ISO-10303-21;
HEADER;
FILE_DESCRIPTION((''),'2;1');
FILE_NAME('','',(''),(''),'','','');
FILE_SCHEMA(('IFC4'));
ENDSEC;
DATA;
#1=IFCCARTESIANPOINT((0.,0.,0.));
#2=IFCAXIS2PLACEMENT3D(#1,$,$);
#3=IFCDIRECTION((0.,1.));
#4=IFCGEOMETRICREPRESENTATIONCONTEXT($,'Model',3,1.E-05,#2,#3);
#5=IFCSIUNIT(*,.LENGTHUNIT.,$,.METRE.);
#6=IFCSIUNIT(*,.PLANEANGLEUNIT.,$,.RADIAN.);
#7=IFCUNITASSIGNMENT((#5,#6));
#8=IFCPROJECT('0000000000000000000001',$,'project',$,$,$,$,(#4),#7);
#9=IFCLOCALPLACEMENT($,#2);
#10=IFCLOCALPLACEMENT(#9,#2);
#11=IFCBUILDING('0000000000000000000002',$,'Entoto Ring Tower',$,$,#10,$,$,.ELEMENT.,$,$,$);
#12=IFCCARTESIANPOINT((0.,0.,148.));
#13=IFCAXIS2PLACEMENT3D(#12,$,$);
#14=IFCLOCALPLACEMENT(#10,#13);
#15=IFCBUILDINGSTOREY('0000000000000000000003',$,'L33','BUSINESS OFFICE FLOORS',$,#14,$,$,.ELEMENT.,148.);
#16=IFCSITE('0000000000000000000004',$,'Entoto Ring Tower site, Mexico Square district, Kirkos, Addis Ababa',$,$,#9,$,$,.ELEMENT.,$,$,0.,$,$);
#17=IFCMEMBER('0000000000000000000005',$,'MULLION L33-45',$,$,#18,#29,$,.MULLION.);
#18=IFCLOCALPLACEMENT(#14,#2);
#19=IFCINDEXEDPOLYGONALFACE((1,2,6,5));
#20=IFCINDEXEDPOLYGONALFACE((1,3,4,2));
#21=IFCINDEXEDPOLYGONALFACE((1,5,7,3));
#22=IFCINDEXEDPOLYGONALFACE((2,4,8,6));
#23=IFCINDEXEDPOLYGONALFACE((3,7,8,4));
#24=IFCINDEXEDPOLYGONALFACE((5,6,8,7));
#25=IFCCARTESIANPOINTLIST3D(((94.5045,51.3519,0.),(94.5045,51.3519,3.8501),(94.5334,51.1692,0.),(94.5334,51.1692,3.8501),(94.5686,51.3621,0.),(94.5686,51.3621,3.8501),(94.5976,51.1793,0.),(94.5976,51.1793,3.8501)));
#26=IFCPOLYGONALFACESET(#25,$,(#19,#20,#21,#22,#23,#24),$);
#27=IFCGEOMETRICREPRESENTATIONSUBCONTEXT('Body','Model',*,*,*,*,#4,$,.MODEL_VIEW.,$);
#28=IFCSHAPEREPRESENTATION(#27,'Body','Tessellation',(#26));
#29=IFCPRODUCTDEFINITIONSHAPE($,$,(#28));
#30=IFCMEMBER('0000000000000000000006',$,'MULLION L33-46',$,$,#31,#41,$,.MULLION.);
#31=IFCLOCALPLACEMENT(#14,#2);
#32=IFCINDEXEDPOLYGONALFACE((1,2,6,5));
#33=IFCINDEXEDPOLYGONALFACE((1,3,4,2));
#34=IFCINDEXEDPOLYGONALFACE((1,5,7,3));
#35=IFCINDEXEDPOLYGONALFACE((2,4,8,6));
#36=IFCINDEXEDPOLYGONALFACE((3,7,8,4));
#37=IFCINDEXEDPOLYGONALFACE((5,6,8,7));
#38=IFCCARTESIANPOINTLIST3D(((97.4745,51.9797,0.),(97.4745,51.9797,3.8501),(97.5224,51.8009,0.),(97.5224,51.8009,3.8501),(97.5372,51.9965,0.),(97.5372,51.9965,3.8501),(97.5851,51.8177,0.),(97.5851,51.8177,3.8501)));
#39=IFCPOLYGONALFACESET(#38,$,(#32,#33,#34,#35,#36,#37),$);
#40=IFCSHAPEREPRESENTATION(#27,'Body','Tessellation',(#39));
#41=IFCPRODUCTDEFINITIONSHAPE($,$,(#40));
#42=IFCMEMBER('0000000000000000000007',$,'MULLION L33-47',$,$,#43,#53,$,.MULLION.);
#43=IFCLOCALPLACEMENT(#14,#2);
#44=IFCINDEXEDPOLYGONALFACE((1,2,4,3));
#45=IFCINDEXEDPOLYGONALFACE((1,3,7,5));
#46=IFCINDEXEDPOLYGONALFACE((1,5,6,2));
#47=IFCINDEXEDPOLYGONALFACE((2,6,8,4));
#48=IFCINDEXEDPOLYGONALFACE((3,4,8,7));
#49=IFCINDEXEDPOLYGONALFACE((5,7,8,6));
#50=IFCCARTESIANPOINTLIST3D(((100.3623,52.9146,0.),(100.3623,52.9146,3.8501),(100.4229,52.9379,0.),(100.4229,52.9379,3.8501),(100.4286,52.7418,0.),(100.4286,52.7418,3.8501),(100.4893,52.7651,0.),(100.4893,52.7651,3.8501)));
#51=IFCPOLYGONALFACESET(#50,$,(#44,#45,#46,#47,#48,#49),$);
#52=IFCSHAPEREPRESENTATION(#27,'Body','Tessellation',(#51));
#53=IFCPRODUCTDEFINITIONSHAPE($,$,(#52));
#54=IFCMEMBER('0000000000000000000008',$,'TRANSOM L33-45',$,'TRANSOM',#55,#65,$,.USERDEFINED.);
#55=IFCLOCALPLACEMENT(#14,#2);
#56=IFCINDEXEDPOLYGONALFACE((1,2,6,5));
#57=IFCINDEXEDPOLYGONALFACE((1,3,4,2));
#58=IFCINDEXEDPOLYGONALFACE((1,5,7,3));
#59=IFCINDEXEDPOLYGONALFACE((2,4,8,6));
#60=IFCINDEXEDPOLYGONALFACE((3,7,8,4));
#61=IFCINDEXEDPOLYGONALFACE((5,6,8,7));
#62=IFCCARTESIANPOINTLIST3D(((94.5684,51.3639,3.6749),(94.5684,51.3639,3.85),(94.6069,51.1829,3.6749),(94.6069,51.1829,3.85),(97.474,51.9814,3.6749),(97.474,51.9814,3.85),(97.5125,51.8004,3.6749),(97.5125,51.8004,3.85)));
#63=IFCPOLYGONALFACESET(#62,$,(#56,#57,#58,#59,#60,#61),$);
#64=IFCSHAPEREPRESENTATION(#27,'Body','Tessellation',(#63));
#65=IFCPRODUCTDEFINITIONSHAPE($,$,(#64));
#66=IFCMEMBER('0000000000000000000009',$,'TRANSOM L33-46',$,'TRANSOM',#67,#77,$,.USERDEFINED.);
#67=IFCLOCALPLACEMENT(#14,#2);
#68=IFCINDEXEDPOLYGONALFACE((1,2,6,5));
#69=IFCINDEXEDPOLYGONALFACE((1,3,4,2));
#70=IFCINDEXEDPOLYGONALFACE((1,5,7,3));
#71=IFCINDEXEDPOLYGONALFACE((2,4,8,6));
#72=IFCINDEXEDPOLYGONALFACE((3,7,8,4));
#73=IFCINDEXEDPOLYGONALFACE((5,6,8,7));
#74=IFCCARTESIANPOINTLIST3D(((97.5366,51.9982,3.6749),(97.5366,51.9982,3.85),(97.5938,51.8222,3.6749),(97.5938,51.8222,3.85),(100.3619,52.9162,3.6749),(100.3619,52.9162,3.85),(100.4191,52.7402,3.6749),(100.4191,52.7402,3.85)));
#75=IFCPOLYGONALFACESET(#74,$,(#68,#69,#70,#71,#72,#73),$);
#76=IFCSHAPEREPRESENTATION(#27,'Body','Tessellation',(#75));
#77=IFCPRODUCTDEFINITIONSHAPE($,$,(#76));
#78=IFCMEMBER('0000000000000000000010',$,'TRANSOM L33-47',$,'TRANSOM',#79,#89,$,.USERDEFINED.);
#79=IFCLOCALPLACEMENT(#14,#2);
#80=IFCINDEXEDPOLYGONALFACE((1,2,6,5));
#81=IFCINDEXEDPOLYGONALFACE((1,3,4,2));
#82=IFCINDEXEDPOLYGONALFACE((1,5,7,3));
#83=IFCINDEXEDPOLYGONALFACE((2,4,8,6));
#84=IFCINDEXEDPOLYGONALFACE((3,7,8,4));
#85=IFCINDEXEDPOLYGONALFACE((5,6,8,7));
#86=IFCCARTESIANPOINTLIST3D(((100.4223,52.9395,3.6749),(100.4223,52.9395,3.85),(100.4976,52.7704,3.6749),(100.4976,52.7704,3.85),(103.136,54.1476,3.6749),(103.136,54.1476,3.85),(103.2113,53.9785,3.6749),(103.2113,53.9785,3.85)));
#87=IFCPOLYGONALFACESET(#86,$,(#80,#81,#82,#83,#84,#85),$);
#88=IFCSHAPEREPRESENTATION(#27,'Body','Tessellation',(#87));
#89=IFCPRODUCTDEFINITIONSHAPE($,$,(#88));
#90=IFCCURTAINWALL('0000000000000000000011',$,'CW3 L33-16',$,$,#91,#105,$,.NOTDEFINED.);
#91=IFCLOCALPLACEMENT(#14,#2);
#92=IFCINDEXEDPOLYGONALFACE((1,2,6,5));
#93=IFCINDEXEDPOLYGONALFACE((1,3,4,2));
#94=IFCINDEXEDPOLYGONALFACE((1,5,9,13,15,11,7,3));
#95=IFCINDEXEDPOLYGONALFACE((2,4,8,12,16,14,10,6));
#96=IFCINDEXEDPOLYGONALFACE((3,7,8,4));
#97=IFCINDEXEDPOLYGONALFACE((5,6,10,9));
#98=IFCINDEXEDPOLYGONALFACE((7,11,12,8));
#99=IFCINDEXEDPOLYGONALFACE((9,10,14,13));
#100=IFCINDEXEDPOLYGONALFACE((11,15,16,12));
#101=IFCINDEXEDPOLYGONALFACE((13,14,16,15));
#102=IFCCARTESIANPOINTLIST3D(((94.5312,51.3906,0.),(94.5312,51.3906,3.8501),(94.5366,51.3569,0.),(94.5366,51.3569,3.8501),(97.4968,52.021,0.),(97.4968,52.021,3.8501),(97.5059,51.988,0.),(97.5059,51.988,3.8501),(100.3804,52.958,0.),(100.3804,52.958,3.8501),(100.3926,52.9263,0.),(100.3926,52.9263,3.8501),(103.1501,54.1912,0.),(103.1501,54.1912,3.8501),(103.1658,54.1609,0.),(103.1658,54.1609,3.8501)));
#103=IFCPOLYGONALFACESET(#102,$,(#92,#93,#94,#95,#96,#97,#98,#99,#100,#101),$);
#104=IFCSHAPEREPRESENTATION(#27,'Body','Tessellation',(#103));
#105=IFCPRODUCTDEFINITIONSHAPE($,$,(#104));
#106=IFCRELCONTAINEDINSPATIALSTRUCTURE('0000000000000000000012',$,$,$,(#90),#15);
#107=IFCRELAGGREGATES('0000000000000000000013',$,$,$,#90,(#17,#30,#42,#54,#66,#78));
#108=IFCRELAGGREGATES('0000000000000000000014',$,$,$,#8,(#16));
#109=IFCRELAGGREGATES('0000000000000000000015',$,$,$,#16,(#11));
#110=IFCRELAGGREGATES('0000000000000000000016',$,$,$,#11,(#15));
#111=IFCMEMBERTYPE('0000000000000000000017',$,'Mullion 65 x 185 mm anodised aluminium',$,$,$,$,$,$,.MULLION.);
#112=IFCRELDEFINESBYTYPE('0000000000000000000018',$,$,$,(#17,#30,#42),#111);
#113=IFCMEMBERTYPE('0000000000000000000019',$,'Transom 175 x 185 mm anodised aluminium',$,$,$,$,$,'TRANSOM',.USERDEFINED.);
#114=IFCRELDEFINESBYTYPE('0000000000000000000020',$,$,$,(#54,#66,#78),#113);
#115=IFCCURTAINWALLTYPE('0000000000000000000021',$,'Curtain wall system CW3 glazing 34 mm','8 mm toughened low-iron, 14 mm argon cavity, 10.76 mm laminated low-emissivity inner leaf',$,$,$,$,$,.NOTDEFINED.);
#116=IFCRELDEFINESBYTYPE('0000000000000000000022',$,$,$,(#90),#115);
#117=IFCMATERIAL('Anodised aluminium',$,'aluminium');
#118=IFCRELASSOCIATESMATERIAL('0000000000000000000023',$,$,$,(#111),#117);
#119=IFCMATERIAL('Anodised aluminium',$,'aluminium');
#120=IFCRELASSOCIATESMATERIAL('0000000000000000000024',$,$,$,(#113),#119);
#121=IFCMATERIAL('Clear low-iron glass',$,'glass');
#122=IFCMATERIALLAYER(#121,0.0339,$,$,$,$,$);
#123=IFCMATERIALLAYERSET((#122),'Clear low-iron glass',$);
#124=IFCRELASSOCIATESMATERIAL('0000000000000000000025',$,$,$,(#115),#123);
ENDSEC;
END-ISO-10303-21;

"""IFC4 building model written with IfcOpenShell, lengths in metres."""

from ifc_helpers import new_model, si_unit, direction, frame, origin, origin_2d, place, context, subcontext, project, spatial, polyline, rectangle, outline, extrude, material, layer, layer_set, material_profile, profile_set, type_object, element, aggregate, save


model = new_model("IFC4")

# Units and contexts
model_context = context("Model", 3, precision=1e-05, world=origin(), true_north=direction((0.0, 1.0)))
body_context = subcontext(model_context, "Body", "Model", "MODEL_VIEW")
ifc_project = project(units=[si_unit("LENGTHUNIT", "METRE"), si_unit("PLANEANGLEUNIT", "RADIAN")], contexts=[model_context])

# Members
ifc_material_1 = material(Name="Anodised aluminium", Category="aluminium")
ifc_material_profile_1 = material_profile(ifc_material_1, rectangle(XDim=0.0649, YDim=0.1851, at=origin_2d()), Name="Mullion 65 x 185 mm anodised aluminium")
ifc_profile_set_1 = profile_set([ifc_material_profile_1], Name="Anodised aluminium")
member_type_1 = type_object("IfcMemberType", Name="Mullion 65 x 185 mm anodised aluminium", PredefinedType="MULLION", material=ifc_profile_set_1)
site_placement = place(None, origin())
building_placement = place(site_placement, origin())
storey_placement = place(building_placement, frame((0.0, 0.0, 148.0)))
member_1_placement = place(storey_placement, frame((94.551, 51.2656, 0.0), z_axis=(0.0, 0.0, 1.0), x_axis=(0.987688, 0.156434, 0.0)))
member_1 = element("IfcMember", 1, at=member_1_placement, type_object=member_type_1, Name="MULLION L33-45", PredefinedType="MULLION", context=body_context, shape_type="SweptSolid", body=[
    extrude(rectangle(XDim=0.0649, YDim=0.1851, at=origin_2d()), origin(), (0.0, 0.0, 1.0), 3.8501),
])
member_2_placement = place(storey_placement, frame((97.5298, 51.8987, 0.0), z_axis=(0.0, 0.0, 1.0), x_axis=(0.965926, 0.258819, 0.0)))
member_2 = element("IfcMember", 2, at=member_2_placement, type_object=member_type_1, Name="MULLION L33-46", PredefinedType="MULLION", context=body_context, shape_type="SweptSolid", body=[
    extrude(rectangle(XDim=0.0649, YDim=0.1851, at=origin_2d()), origin(), (0.0, 0.0, 1.0), 3.8501),
])
member_3_placement = place(storey_placement, frame((100.4258, 52.8398, 0.0), z_axis=(0.0, 0.0, 1.0), x_axis=(0.93358, 0.358368, 0.0)))
member_3 = element("IfcMember", 3, at=member_3_placement, type_object=member_type_1, Name="MULLION L33-47", PredefinedType="MULLION", context=body_context, shape_type="SweptSolid", body=[
    extrude(rectangle(XDim=0.0649, YDim=0.1851, at=origin_2d()), origin(), (0.0, 0.0, 1.0), 3.8501),
])
ifc_material_2 = material(Name="Anodised aluminium", Category="aluminium")
ifc_material_profile_2 = material_profile(ifc_material_2, rectangle(XDim=0.1851, YDim=0.175, at=origin_2d()), Name="Transom 175 x 185 mm anodised aluminium")
ifc_profile_set_2 = profile_set([ifc_material_profile_2], Name="Anodised aluminium")
member_type_2 = type_object("IfcMemberType", Name="Transom 175 x 185 mm anodised aluminium", ElementType="TRANSOM", PredefinedType="USERDEFINED", material=ifc_profile_set_2)
member_4_placement = place(storey_placement, frame((94.5876, 51.2734, 3.7625), z_axis=(0.978158, 0.207862, 0.0), x_axis=(-0.207862, 0.978158, 0.0)))
member_4 = element("IfcMember", 4, at=member_4_placement, type_object=member_type_2, Name="TRANSOM L33-45", ObjectType="TRANSOM", PredefinedType="USERDEFINED", context=body_context, shape_type="SweptSolid", body=[
    extrude(rectangle(XDim=0.1851, YDim=0.175, at=origin_2d()), origin(), (0.0, 0.0, 1.0), 2.9705),
])
member_5_placement = place(storey_placement, frame((97.5652, 51.9102, 3.7625), z_axis=(0.951056, 0.309019, 0.0), x_axis=(-0.309019, 0.951056, 0.0)))
member_5 = element("IfcMember", 5, at=member_5_placement, type_object=member_type_2, Name="TRANSOM L33-46", ObjectType="TRANSOM", PredefinedType="USERDEFINED", context=body_context, shape_type="SweptSolid", body=[
    extrude(rectangle(XDim=0.1851, YDim=0.175, at=origin_2d()), origin(), (0.0, 0.0, 1.0), 2.9707),
])
member_6_placement = place(storey_placement, frame((100.46, 52.855, 3.7625), z_axis=(0.913567, 0.406687, 0.0), x_axis=(-0.406687, 0.913567, 0.0)))
member_6 = element("IfcMember", 6, at=member_6_placement, type_object=member_type_2, Name="TRANSOM L33-47", ObjectType="TRANSOM", PredefinedType="USERDEFINED", context=body_context, shape_type="SweptSolid", body=[
    extrude(rectangle(XDim=0.1851, YDim=0.175, at=origin_2d()), origin(), (0.0, 0.0, 1.0), 2.9705),
])

# Site, building, storey
site = spatial("IfcSite", under=ifc_project, at=site_placement, Name="Entoto Ring Tower site, Mexico Square district, Kirkos, Addis Ababa", CompositionType="ELEMENT", RefElevation=0.0)
building = spatial("IfcBuilding", under=site, at=building_placement, Name="Entoto Ring Tower", CompositionType="ELEMENT")
storey = spatial("IfcBuildingStorey", under=building, at=storey_placement, Name="L33", Description="BUSINESS OFFICE FLOORS", CompositionType="ELEMENT", Elevation=148.0)

# Curtain wall
ifc_material_3 = material(Name="Clear low-iron glass", Category="glass")
ifc_layer_1 = layer(ifc_material_3, 0.0339)
ifc_layer_set_1 = layer_set([ifc_layer_1], Name="Clear low-iron glass")
curtain_wall_type = type_object("IfcCurtainWallType", Name="Curtain wall system CW3 glazing 34 mm", Description="8 mm toughened low-iron, 14 mm argon cavity, 10.76 mm laminated low-emissivity inner leaf", PredefinedType="NOTDEFINED", material=ifc_layer_set_1)
curtain_wall_1_placement = place(storey_placement, origin())
curtain_wall_1 = element("IfcCurtainWall", 7, at=curtain_wall_1_placement, inside=storey, type_object=curtain_wall_type, Name="CW3 L33-16", PredefinedType="NOTDEFINED", context=body_context, shape_type="SweptSolid", body=[
    extrude(outline(polyline([(94.5366, 51.3569), (97.5059, 51.988), (100.3926, 52.9263), (103.1658, 54.1609), (103.1501, 54.1912), (100.3804, 52.958), (97.4968, 52.021), (94.5312, 51.3906), (94.5366, 51.3569)])), origin(), (0.0, 0.0, 1.0), 3.8501),
])
aggregate(curtain_wall_1, [member_1, member_2, member_3, member_4, member_5, member_6])

save(model, "model.ifc")
